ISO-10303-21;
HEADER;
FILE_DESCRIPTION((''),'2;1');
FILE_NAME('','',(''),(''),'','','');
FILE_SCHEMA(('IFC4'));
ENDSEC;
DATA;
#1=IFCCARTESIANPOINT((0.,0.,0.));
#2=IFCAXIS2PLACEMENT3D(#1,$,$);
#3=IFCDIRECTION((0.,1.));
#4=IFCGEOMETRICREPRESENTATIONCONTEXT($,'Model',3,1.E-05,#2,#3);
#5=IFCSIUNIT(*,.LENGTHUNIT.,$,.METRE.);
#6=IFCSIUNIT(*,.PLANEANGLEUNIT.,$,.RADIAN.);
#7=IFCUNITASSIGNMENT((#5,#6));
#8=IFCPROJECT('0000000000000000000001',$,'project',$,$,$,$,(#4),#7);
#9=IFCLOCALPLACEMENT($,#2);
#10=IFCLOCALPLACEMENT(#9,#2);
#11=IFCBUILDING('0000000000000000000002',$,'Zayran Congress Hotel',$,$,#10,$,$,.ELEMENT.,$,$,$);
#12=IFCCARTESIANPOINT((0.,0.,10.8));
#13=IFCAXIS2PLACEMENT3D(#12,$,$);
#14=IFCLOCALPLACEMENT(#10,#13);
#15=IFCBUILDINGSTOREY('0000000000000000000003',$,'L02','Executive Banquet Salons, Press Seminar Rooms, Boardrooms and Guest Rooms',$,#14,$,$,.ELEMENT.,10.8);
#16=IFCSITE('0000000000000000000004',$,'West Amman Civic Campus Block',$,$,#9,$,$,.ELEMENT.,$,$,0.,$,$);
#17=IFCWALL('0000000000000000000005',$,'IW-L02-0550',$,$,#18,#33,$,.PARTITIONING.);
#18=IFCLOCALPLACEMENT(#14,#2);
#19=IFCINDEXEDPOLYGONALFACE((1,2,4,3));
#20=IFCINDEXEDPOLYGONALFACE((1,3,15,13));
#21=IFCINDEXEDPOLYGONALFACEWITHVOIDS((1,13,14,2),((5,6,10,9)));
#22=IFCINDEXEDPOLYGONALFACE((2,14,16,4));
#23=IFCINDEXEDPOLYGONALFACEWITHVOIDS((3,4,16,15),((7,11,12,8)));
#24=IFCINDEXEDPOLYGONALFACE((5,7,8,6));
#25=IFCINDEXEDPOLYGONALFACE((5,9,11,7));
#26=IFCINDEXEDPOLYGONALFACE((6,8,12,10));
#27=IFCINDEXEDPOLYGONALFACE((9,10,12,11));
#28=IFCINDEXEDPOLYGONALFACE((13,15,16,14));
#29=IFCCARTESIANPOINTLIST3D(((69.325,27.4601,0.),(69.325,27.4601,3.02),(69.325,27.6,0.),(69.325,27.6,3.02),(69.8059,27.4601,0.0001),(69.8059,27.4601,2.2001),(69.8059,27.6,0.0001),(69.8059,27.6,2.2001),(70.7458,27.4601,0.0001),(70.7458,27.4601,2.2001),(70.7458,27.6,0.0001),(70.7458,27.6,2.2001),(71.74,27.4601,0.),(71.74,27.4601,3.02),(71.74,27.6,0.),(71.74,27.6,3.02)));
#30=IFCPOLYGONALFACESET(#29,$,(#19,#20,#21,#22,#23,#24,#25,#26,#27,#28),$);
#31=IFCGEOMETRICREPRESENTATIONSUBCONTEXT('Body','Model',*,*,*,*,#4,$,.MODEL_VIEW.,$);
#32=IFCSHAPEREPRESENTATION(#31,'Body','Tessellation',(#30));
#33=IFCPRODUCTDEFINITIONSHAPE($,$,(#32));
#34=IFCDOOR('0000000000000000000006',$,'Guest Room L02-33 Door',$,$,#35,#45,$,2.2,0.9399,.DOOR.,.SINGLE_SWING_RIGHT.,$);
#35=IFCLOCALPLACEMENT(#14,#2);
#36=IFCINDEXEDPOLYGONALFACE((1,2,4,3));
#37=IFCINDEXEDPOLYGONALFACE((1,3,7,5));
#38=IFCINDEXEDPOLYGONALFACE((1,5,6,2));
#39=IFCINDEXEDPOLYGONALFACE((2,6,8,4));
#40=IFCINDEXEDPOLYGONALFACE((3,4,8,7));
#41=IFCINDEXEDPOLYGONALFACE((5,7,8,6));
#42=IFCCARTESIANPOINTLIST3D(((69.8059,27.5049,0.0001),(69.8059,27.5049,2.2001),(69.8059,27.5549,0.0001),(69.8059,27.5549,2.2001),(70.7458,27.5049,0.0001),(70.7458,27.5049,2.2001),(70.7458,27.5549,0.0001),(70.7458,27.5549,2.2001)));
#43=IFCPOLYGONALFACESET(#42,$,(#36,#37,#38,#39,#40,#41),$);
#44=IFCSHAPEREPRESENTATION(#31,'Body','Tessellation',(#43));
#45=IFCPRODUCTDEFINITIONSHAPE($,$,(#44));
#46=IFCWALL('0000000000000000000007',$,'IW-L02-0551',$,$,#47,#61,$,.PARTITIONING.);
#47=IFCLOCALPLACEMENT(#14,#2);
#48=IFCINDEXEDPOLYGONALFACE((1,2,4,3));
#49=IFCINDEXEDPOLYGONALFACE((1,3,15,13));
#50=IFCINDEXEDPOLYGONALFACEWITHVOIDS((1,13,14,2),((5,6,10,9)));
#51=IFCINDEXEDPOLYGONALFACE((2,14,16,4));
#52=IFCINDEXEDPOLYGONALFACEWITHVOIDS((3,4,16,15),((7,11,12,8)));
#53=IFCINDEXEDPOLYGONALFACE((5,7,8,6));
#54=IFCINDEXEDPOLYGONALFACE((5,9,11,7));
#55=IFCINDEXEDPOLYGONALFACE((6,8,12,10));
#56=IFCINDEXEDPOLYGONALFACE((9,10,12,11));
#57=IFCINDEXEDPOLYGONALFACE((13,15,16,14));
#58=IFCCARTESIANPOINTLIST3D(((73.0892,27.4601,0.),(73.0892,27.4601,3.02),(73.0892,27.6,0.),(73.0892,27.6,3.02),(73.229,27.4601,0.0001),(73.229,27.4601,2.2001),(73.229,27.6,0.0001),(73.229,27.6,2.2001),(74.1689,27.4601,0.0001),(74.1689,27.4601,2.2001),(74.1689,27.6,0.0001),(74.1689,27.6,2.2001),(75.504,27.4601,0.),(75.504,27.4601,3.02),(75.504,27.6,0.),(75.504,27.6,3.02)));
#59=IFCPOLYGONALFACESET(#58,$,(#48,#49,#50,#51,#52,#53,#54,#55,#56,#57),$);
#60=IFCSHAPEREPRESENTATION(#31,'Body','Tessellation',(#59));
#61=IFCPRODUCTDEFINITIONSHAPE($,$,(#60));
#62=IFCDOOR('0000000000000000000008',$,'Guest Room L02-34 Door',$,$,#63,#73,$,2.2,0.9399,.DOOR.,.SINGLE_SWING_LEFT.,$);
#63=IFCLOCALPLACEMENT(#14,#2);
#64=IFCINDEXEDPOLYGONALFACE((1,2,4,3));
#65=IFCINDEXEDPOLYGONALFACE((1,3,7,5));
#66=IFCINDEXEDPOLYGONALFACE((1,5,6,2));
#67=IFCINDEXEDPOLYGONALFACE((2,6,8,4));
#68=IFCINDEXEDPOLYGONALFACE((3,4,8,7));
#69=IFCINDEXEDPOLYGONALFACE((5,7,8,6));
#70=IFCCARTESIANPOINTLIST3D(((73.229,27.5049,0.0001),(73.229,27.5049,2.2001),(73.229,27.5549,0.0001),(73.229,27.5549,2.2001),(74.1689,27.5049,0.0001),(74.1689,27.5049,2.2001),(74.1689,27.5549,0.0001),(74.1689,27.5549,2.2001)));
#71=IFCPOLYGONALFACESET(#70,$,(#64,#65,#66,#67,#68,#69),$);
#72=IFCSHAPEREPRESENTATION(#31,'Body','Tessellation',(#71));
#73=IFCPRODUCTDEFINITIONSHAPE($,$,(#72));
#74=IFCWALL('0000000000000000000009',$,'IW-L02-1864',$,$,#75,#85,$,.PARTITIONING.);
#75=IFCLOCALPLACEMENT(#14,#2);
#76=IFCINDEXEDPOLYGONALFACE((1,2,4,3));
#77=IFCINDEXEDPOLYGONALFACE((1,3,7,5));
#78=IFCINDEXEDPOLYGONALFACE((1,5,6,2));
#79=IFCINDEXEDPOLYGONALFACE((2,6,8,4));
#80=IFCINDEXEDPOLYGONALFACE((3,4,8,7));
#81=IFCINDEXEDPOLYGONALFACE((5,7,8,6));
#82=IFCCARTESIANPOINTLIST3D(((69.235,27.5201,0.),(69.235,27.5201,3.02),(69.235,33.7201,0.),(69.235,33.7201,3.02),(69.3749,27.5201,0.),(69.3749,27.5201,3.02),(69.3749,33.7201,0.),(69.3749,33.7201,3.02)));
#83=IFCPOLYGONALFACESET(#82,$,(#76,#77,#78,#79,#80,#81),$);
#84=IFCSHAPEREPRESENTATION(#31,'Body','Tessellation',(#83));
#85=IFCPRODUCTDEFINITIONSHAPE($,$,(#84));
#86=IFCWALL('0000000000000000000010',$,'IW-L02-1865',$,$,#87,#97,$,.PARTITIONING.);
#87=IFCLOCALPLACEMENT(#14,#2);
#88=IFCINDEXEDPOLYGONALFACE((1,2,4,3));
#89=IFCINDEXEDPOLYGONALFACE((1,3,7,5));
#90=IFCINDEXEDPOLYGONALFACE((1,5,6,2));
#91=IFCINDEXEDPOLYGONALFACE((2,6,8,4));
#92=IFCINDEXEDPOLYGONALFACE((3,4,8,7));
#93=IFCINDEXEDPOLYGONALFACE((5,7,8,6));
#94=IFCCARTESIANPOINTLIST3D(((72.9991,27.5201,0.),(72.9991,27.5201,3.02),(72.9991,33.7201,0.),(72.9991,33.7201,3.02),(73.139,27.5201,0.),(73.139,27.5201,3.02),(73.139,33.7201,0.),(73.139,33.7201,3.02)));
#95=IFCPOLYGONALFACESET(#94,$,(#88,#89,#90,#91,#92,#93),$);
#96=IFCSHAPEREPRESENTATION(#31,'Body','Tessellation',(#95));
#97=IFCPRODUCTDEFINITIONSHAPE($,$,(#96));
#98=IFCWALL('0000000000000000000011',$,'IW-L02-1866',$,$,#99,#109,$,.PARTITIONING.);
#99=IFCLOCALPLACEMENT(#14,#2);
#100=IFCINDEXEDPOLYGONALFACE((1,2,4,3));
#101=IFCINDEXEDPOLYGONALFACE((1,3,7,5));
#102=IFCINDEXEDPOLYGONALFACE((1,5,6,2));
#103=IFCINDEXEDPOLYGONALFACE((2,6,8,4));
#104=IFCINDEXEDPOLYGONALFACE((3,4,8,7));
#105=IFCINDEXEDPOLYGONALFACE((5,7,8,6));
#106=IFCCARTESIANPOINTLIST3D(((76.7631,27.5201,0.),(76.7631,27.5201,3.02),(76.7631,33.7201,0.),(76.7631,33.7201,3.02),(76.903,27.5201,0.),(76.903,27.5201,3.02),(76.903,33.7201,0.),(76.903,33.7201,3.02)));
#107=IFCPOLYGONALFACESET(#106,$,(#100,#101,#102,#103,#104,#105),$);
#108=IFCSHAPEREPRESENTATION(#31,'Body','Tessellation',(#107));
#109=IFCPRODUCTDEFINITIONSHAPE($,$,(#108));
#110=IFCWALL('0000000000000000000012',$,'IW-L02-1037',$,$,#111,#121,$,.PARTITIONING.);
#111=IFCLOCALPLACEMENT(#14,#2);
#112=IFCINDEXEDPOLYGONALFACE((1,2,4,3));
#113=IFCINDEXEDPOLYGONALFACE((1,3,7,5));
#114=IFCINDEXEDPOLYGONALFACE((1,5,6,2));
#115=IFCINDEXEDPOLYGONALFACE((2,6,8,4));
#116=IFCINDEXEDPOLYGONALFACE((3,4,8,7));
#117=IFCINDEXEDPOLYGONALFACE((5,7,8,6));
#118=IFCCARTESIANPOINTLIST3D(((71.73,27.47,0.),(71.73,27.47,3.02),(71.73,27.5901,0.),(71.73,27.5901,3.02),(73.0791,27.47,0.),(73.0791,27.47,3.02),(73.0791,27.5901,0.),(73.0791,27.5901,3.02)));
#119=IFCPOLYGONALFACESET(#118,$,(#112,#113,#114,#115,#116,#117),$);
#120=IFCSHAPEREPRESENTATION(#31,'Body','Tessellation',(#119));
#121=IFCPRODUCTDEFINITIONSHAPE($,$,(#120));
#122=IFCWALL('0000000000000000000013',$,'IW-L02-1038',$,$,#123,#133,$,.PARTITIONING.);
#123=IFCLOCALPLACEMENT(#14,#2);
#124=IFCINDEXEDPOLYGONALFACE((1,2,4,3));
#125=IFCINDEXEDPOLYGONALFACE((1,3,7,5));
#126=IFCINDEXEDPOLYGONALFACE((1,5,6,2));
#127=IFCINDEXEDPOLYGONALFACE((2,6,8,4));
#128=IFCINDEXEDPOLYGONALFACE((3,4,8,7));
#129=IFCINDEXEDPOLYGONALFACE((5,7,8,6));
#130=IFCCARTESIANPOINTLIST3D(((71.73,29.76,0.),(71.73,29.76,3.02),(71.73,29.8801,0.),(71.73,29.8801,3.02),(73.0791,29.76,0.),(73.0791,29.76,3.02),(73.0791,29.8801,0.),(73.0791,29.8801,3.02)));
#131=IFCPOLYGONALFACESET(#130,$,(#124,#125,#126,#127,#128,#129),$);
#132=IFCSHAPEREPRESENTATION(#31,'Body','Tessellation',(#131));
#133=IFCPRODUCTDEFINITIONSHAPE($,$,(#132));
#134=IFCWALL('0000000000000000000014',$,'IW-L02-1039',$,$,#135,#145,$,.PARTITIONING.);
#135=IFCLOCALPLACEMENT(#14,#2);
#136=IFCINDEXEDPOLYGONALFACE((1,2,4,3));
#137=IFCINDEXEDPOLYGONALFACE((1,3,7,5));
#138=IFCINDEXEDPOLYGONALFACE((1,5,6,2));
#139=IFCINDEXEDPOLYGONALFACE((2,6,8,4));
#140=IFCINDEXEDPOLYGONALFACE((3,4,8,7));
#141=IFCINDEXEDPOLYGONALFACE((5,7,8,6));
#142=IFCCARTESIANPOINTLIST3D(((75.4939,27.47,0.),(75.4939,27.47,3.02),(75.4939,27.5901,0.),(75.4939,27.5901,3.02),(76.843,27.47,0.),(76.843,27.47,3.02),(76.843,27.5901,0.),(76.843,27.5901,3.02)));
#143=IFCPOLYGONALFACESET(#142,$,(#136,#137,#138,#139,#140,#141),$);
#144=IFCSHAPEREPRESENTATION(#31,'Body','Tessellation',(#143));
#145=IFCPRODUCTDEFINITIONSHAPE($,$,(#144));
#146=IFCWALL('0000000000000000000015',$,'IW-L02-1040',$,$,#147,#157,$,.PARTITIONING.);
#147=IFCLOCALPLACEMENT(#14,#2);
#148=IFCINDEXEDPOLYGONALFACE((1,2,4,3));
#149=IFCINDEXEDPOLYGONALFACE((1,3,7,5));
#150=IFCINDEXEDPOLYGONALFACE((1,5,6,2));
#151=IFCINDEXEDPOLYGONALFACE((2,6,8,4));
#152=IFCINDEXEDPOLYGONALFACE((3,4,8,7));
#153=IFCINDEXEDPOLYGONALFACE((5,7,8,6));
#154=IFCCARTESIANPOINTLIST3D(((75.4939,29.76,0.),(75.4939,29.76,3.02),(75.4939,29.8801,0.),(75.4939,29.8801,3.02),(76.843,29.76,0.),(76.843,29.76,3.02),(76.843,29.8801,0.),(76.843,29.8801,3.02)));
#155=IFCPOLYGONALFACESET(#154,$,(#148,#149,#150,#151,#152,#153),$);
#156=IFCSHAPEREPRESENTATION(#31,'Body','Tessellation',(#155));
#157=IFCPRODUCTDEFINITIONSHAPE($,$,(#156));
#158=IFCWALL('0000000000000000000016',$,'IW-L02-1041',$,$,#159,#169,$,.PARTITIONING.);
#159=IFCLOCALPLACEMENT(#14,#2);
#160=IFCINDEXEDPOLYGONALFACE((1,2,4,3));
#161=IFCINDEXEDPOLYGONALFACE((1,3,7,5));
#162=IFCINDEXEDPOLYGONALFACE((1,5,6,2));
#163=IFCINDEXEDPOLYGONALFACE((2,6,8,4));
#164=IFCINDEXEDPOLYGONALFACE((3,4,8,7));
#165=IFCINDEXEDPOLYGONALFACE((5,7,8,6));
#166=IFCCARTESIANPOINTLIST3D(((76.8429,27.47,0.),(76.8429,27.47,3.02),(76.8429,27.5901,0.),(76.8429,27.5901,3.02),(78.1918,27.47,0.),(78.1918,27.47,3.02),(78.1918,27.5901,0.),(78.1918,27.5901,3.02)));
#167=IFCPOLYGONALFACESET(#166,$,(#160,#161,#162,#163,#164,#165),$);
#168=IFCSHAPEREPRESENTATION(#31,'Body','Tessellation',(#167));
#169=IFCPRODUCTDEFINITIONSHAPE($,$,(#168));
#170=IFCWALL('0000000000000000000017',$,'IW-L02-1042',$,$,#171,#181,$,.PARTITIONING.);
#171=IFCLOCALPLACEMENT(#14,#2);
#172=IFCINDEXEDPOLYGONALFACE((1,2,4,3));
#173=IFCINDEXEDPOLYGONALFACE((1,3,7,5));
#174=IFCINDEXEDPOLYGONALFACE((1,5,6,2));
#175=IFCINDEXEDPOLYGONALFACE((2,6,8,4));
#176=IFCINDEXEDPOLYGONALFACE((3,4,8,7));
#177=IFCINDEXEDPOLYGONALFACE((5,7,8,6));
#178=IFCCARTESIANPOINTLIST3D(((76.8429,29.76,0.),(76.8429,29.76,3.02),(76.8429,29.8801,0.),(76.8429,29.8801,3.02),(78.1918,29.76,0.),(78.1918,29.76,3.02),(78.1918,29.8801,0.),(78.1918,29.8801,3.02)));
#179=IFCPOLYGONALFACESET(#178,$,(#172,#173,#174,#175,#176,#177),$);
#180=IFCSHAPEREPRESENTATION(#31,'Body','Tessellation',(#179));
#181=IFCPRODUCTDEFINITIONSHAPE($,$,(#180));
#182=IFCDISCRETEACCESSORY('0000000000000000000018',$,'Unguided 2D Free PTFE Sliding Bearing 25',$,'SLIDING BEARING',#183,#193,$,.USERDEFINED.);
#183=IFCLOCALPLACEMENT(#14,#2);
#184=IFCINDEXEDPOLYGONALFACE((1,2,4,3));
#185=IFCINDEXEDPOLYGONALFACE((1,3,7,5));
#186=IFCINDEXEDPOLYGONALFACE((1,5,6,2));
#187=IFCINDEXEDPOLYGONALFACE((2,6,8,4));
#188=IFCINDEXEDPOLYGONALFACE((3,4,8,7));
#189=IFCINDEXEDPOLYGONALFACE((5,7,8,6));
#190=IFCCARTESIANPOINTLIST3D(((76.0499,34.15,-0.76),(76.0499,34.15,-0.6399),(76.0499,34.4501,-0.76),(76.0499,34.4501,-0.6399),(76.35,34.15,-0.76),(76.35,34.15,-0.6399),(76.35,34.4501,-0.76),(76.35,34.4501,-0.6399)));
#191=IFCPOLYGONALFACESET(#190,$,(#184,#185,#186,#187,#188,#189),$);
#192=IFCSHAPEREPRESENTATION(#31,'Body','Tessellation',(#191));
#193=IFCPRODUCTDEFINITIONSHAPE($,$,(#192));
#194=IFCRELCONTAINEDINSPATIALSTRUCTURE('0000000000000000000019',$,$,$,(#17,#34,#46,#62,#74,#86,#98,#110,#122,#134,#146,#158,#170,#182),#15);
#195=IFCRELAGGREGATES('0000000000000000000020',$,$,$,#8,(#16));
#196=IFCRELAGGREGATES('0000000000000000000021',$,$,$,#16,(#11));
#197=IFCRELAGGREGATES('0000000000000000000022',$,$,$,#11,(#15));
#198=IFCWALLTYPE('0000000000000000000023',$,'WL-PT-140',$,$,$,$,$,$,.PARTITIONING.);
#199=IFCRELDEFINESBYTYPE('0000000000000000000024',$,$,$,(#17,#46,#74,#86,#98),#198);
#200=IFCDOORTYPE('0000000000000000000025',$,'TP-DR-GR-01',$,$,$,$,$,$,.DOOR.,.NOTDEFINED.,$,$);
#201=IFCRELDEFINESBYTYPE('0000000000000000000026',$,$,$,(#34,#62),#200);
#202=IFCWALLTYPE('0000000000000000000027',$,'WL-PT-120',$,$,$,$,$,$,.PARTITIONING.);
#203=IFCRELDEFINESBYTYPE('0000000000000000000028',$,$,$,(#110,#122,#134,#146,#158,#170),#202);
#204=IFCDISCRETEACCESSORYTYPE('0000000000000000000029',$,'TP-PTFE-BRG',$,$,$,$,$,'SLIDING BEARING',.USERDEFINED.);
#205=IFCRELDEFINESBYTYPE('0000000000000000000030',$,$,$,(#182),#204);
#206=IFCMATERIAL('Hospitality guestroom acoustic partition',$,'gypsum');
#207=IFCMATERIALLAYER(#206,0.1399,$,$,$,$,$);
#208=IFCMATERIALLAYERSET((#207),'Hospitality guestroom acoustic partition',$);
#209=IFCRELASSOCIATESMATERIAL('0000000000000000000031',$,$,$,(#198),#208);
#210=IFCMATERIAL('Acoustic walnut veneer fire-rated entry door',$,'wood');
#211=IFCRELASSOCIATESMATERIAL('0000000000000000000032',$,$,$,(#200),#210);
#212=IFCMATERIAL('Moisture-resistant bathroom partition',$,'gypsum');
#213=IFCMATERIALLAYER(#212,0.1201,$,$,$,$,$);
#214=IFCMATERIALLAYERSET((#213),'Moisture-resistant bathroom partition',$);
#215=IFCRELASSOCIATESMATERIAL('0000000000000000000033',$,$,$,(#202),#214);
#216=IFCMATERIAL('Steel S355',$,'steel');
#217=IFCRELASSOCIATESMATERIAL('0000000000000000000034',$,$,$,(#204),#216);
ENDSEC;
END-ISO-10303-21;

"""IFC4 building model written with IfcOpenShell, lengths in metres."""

from ifc_helpers import new_model, si_unit, direction, frame, frame_2d, origin, origin_2d, place, context, subcontext, project, spatial, rectangle, extrude, material, layer, layer_set, type_object, element, fill, save


model = new_model("IFC4")

# Units and contexts
model_context = context("Model", 3, precision=1e-05, world=origin(), true_north=direction((0.0, 1.0)))
body_context = subcontext(model_context, "Body", "Model", "MODEL_VIEW")
ifc_project = project(units=[si_unit("LENGTHUNIT", "METRE"), si_unit("PLANEANGLEUNIT", "RADIAN")], contexts=[model_context])

# Site, building, storey
site_placement = place(None, origin())
site = spatial("IfcSite", under=ifc_project, at=site_placement, Name="West Amman Civic Campus Block", CompositionType="ELEMENT", RefElevation=0.0)
building_placement = place(site_placement, origin())
building = spatial("IfcBuilding", under=site, at=building_placement, Name="Zayran Congress Hotel", CompositionType="ELEMENT")
storey_placement = place(building_placement, frame((0.0, 0.0, 10.8)))
storey = spatial("IfcBuildingStorey", under=building, at=storey_placement, Name="L02", Description="Executive Banquet Salons, Press Seminar Rooms, Boardrooms and Guest Rooms", CompositionType="ELEMENT", Elevation=10.8)

# Walls, openings, doors
ifc_material_1 = material(Name="Hospitality guestroom acoustic partition", Category="gypsum")
ifc_layer_1 = layer(ifc_material_1, 0.1399)
ifc_layer_set_1 = layer_set([ifc_layer_1], Name="Hospitality guestroom acoustic partition")
wall_type_1 = type_object("IfcWallType", Name="WL-PT-140", PredefinedType="PARTITIONING", material=ifc_layer_set_1)
wall_1_placement = place(storey_placement, frame((69.325, 27.53, 0.0), z_axis=(0.0, 0.0, 1.0), x_axis=(1.0, 0.0, 0.0)))
wall_1 = element("IfcWall", 1, at=wall_1_placement, inside=storey, type_object=wall_type_1, Name="IW-L02-0550", PredefinedType="PARTITIONING", context=body_context, shape_type="SweptSolid", body=[
    extrude(rectangle(XDim=2.415, YDim=0.1399, at=frame_2d((1.2075, 0.0))), origin(), (0.0, 0.0, 1.0), 3.02),
])
opening_1_placement = place(wall_1_placement, frame((0.481, 0.0, 0.0)))
opening_1 = element("IfcOpeningElement", 2, at=opening_1_placement, cuts=wall_1, PredefinedType="OPENING", context=body_context, shape_type="SweptSolid", body=[
    extrude(rectangle(XDim=0.9399, YDim=2.2, at=frame_2d((0.47, 1.1001))), frame((0.0, 0.0798, 0.0), z_axis=(0.0, -1.0, 0.0), x_axis=(1.0, 0.0, 0.0)), (0.0, 0.0, 1.0), 0.1599),
])
ifc_material_2 = material(Name="Acoustic walnut veneer fire-rated entry door", Category="wood")
door_type_1 = type_object("IfcDoorType", Name="TP-DR-GR-01", OperationType="NOTDEFINED", PredefinedType="DOOR", material=ifc_material_2)
door_1_placement = place(opening_1_placement, origin())
door_1 = element("IfcDoor", 3, at=door_1_placement, inside=storey, type_object=door_type_1, Name="Guest Room L02-33 Door", OperationType="SINGLE_SWING_RIGHT", OverallHeight=2.2, OverallWidth=0.9399, PredefinedType="DOOR", context=body_context, shape_type="SweptSolid", body=[
    extrude(rectangle(XDim=0.9399, YDim=2.2, at=frame_2d((0.47, 1.1001))), frame((0.0, 0.0249, 0.0), z_axis=(0.0, -1.0, 0.0), x_axis=(1.0, 0.0, 0.0)), (0.0, 0.0, 1.0), 0.05),
])
fill(opening_1, door_1)
wall_2_placement = place(storey_placement, frame((73.0891, 27.53, 0.0), z_axis=(0.0, 0.0, 1.0), x_axis=(1.0, 0.0, 0.0)))
wall_2 = element("IfcWall", 4, at=wall_2_placement, inside=storey, type_object=wall_type_1, Name="IW-L02-0551", PredefinedType="PARTITIONING", context=body_context, shape_type="SweptSolid", body=[
    extrude(rectangle(XDim=2.4148, YDim=0.1399, at=frame_2d((1.2075, 0.0))), origin(), (0.0, 0.0, 1.0), 3.02),
])
opening_2_placement = place(wall_2_placement, frame((0.1399, 0.0, 0.0)))
opening_2 = element("IfcOpeningElement", 5, at=opening_2_placement, cuts=wall_2, PredefinedType="OPENING", context=body_context, shape_type="SweptSolid", body=[
    extrude(rectangle(XDim=0.9399, YDim=2.2, at=frame_2d((0.47, 1.1001))), frame((0.0, 0.0798, 0.0), z_axis=(0.0, -1.0, 0.0), x_axis=(1.0, 0.0, 0.0)), (0.0, 0.0, 1.0), 0.1599),
])
door_2_placement = place(opening_2_placement, origin())
door_2 = element("IfcDoor", 6, at=door_2_placement, inside=storey, type_object=door_type_1, Name="Guest Room L02-34 Door", OperationType="SINGLE_SWING_LEFT", OverallHeight=2.2, OverallWidth=0.9399, PredefinedType="DOOR", context=body_context, shape_type="SweptSolid", body=[
    extrude(rectangle(XDim=0.9399, YDim=2.2, at=frame_2d((0.47, 1.1001))), frame((0.0, 0.0249, 0.0), z_axis=(0.0, -1.0, 0.0), x_axis=(1.0, 0.0, 0.0)), (0.0, 0.0, 1.0), 0.05),
])
fill(opening_2, door_2)

# Walls
for number, where, z_axis, x_axis, name in (
    (7, (69.3049, 27.52, 0.0), (0.0, 0.0, 1.0), (0.0, 1.0, 0.0), "IW-L02-1864"),
    (8, (73.0691, 27.52, 0.0), (0.0, 0.0, 1.0), (0.0, 1.0, 0.0), "IW-L02-1865"),
    (9, (76.833, 27.52, 0.0), (0.0, 0.0, 1.0), (0.0, 1.0, 0.0), "IW-L02-1866"),
):
    element("IfcWall", number, at=place(storey_placement, frame(where, z_axis=z_axis, x_axis=x_axis)), inside=storey, type_object=wall_type_1, Name=name, PredefinedType="PARTITIONING", context=body_context, shape_type="SweptSolid", body=[
        extrude(rectangle(XDim=6.2, YDim=0.1399, at=frame_2d((3.1001, 0.0))), origin(), (0.0, 0.0, 1.0), 3.02),
    ])

# Shared definitions
ifc_material_3 = material(Name="Moisture-resistant bathroom partition", Category="gypsum")
ifc_layer_2 = layer(ifc_material_3, 0.1201)
ifc_layer_set_2 = layer_set([ifc_layer_2], Name="Moisture-resistant bathroom partition")
wall_type_2 = type_object("IfcWallType", Name="WL-PT-120", PredefinedType="PARTITIONING", material=ifc_layer_set_2)

# Walls
for number, where, z_axis, x_axis, name in (
    (10, (71.73, 27.53, 0.0), (0.0, 0.0, 1.0), (1.0, 0.0, 0.0), "IW-L02-1037"),
    (11, (71.73, 29.8201, 0.0), (0.0, 0.0, 1.0), (1.0, 0.0, 0.0), "IW-L02-1038"),
    (12, (75.4939, 27.53, 0.0), (0.0, 0.0, 1.0), (1.0, 0.0, 0.0), "IW-L02-1039"),
    (13, (75.4939, 29.8201, 0.0), (0.0, 0.0, 1.0), (1.0, 0.0, 0.0), "IW-L02-1040"),
):
    element("IfcWall", number, at=place(storey_placement, frame(where, z_axis=z_axis, x_axis=x_axis)), inside=storey, type_object=wall_type_2, Name=name, PredefinedType="PARTITIONING", context=body_context, shape_type="SweptSolid", body=[
        extrude(rectangle(XDim=1.3491, YDim=0.1201, at=frame_2d((0.6746, 0.0))), origin(), (0.0, 0.0, 1.0), 3.02),
    ])
for number, where, z_axis, x_axis, name in (
    (14, (76.843, 27.53, 0.0), (0.0, 0.0, 1.0), (1.0, 0.0, 0.0), "IW-L02-1041"),
    (15, (76.843, 29.8201, 0.0), (0.0, 0.0, 1.0), (1.0, 0.0, 0.0), "IW-L02-1042"),
):
    element("IfcWall", number, at=place(storey_placement, frame(where, z_axis=z_axis, x_axis=x_axis)), inside=storey, type_object=wall_type_2, Name=name, PredefinedType="PARTITIONING", context=body_context, shape_type="SweptSolid", body=[
        extrude(rectangle(XDim=1.3489, YDim=0.1201, at=frame_2d((0.6743, 0.0))), origin(), (0.0, 0.0, 1.0), 3.02),
    ])

# Discrete accessory
ifc_material_4 = material(Name="Steel S355", Category="steel")
discrete_accessory_type = type_object("IfcDiscreteAccessoryType", Name="TP-PTFE-BRG", ElementType="SLIDING BEARING", PredefinedType="USERDEFINED", material=ifc_material_4)
discrete_accessory_placement = place(storey_placement, frame((76.2, 34.3, -0.76), z_axis=(0.0, 0.0, 1.0), x_axis=(1.0, 0.0, 0.0)))
element("IfcDiscreteAccessory", 16, at=discrete_accessory_placement, inside=storey, type_object=discrete_accessory_type, Name="Unguided 2D Free PTFE Sliding Bearing 25", ObjectType="SLIDING BEARING", PredefinedType="USERDEFINED", context=body_context, shape_type="SweptSolid", body=[
    extrude(rectangle(XDim=0.3, YDim=0.3, at=origin_2d()), origin(), (0.0, 0.0, 1.0), 0.1201),
])

save(model, "model.ifc")
